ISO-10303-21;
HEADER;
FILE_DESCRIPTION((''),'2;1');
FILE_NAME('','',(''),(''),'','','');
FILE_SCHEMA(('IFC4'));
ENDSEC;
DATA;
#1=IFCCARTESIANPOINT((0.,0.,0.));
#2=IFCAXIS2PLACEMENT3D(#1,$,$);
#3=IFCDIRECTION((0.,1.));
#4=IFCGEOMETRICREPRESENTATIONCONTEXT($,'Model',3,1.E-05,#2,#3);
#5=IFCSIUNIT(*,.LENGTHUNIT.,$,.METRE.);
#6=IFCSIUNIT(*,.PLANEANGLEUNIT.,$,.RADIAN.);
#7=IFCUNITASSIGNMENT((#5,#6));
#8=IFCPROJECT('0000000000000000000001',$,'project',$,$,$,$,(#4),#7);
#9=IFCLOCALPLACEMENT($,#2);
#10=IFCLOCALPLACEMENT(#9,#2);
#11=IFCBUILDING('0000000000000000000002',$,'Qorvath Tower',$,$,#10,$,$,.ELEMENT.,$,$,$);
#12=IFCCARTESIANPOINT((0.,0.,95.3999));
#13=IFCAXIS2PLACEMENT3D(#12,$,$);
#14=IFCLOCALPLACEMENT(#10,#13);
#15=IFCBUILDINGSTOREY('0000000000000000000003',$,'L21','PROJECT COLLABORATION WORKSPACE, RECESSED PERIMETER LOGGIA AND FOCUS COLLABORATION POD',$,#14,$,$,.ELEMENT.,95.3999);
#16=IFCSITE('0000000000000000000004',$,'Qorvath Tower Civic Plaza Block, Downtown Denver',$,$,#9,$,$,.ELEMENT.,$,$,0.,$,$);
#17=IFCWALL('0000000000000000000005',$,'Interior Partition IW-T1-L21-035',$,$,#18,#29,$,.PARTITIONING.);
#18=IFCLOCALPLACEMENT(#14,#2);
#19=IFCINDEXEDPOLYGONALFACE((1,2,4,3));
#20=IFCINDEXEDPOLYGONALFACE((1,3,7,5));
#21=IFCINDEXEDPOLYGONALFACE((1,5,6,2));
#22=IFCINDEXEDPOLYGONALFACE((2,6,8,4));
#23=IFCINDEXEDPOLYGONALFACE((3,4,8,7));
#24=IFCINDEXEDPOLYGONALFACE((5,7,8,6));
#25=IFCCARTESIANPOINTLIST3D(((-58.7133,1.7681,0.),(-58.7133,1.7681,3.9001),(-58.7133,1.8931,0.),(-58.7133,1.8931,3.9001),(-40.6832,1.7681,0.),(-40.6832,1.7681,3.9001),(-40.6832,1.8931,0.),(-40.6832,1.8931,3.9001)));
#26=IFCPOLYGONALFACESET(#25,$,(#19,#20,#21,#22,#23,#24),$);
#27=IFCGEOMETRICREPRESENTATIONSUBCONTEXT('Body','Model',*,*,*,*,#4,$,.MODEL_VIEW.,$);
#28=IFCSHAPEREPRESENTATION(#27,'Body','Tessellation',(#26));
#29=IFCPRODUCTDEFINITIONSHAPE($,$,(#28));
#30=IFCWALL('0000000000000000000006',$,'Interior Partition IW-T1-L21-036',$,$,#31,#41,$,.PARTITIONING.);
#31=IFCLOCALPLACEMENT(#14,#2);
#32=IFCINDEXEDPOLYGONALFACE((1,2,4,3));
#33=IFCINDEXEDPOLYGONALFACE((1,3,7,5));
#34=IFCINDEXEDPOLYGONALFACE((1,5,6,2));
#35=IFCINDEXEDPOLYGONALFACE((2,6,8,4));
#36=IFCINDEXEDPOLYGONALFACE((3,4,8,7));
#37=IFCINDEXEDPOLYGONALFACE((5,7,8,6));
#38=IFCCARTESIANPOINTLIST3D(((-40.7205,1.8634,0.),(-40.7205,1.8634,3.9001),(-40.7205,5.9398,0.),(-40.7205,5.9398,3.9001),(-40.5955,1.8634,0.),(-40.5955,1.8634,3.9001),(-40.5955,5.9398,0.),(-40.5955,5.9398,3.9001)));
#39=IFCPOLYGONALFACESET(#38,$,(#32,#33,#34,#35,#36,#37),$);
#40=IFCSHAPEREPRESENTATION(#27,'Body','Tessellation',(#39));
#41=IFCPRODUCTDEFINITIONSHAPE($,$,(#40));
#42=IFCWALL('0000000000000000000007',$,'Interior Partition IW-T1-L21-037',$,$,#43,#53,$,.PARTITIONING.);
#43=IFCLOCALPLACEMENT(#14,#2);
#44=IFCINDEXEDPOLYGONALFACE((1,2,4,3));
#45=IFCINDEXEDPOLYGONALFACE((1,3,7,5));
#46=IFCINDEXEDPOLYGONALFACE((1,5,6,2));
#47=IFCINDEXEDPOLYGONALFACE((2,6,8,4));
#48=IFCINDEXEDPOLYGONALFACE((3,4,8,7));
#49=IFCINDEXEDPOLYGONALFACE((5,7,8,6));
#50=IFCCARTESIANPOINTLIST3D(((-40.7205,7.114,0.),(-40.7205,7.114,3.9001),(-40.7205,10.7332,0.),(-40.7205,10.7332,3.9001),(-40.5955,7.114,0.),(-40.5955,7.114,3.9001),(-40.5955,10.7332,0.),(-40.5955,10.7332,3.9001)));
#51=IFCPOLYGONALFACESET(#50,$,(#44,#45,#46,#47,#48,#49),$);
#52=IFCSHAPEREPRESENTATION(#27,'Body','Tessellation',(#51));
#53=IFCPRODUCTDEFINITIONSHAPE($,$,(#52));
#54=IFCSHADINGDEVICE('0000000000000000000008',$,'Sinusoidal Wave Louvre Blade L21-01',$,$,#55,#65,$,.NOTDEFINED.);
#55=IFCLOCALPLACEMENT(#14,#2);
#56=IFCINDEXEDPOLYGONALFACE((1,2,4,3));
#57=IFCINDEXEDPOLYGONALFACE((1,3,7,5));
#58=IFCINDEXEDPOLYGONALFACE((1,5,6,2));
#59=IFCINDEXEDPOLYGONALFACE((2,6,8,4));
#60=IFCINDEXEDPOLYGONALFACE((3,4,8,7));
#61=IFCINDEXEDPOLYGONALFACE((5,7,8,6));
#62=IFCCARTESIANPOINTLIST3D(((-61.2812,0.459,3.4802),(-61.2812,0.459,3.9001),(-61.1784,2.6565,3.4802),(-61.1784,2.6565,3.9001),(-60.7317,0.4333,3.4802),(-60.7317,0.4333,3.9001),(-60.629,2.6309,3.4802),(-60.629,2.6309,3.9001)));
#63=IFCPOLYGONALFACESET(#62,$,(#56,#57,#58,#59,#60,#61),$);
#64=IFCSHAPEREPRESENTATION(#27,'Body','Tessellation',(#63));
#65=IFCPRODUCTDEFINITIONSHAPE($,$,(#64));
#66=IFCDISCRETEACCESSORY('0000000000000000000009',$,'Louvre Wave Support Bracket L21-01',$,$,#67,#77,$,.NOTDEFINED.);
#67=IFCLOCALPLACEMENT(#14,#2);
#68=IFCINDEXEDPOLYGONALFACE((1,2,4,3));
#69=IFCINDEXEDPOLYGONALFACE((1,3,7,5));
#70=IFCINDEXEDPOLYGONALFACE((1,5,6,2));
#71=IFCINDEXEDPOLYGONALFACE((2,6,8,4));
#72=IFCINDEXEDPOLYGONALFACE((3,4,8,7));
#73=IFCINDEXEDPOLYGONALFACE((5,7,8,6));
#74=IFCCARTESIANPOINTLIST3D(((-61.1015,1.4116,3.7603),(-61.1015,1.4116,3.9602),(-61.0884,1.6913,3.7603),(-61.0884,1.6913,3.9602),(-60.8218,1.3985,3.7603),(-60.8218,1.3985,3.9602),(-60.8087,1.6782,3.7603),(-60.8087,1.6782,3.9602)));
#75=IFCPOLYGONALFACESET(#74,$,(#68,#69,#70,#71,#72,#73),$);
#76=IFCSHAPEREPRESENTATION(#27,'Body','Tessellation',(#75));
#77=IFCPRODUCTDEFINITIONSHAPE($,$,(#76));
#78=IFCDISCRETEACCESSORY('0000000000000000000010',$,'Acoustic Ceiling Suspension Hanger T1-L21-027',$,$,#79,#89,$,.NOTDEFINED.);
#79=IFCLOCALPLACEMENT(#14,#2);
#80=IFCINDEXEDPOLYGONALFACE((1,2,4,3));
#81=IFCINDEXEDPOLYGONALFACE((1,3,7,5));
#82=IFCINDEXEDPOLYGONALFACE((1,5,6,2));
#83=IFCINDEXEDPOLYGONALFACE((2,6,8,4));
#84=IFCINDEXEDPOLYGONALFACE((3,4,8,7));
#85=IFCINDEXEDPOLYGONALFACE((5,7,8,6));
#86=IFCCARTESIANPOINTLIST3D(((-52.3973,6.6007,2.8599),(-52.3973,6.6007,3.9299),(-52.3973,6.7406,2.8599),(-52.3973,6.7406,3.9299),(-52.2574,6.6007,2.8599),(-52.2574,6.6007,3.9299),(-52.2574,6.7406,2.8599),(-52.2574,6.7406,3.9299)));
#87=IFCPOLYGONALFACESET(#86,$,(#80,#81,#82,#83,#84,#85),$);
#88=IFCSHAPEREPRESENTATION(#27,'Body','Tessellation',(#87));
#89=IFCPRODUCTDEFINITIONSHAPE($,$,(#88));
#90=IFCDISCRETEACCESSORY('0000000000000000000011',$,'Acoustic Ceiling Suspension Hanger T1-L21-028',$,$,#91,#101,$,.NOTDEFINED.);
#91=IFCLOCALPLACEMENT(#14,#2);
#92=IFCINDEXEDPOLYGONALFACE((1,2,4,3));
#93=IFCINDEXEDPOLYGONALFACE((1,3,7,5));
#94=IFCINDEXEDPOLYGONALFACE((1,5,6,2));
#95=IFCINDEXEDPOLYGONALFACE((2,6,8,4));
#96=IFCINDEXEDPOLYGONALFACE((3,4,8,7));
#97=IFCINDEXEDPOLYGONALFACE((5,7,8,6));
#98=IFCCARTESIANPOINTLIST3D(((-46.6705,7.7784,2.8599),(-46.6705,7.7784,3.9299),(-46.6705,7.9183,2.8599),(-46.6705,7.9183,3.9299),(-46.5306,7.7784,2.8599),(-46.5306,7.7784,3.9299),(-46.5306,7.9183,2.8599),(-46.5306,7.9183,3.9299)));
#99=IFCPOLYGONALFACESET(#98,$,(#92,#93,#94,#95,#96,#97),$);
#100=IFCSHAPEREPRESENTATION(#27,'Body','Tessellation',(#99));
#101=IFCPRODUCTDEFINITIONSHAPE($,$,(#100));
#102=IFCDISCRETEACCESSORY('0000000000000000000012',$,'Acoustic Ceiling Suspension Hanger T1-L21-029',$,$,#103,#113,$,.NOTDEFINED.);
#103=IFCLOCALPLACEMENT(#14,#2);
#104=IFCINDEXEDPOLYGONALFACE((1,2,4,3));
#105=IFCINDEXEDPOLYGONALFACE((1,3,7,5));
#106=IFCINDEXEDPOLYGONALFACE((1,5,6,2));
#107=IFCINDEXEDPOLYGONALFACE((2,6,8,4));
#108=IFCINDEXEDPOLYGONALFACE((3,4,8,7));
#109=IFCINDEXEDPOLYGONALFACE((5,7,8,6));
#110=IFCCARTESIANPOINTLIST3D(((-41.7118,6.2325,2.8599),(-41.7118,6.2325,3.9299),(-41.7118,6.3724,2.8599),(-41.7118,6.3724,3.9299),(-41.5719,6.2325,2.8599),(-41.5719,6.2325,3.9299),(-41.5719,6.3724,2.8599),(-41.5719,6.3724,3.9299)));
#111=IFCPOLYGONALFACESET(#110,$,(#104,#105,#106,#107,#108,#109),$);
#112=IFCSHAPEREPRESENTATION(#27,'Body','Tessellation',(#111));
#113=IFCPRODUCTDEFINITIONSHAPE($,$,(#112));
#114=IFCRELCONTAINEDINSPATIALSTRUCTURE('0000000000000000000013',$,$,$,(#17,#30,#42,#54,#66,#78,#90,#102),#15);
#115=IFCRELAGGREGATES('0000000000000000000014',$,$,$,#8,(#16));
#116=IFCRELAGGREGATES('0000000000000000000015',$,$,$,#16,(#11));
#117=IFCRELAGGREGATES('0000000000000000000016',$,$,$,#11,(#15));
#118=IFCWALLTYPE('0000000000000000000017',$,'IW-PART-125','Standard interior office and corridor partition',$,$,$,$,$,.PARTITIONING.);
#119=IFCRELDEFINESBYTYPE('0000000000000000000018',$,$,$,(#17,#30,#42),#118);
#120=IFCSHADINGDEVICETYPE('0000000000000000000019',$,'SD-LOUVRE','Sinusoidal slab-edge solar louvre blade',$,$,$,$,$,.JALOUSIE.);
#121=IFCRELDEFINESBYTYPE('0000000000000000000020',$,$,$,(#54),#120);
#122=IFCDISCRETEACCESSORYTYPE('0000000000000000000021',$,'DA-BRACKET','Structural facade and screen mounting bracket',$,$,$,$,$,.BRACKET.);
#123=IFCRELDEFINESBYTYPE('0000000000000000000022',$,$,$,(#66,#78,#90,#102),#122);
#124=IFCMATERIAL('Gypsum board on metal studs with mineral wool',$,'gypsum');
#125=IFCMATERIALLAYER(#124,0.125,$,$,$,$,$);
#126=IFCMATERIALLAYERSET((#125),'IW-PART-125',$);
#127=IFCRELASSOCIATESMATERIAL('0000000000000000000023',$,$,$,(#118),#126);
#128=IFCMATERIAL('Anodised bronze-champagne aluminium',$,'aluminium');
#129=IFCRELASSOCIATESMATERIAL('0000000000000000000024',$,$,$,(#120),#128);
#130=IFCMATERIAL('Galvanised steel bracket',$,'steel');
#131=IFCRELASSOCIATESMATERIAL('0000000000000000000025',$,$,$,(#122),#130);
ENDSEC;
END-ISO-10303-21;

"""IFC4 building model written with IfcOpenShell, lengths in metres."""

from ifc_helpers import new_model, si_unit, direction, frame, frame_2d, origin, origin_2d, place, context, subcontext, project, spatial, rectangle, extrude, material, layer, layer_set, type_object, element, save


model = new_model("IFC4")

# Units and contexts
model_context = context("Model", 3, precision=1e-05, world=origin(), true_north=direction((0.0, 1.0)))
body_context = subcontext(model_context, "Body", "Model", "MODEL_VIEW")
ifc_project = project(units=[si_unit("LENGTHUNIT", "METRE"), si_unit("PLANEANGLEUNIT", "RADIAN")], contexts=[model_context])

# Site, building, storey
site_placement = place(None, origin())
site = spatial("IfcSite", under=ifc_project, at=site_placement, Name="Qorvath Tower Civic Plaza Block, Downtown Denver", CompositionType="ELEMENT", RefElevation=0.0)
building_placement = place(site_placement, origin())
building = spatial("IfcBuilding", under=site, at=building_placement, Name="Qorvath Tower", CompositionType="ELEMENT")
storey_placement = place(building_placement, frame((0.0, 0.0, 95.3999)))
storey = spatial("IfcBuildingStorey", under=building, at=storey_placement, Name="L21", Description="PROJECT COLLABORATION WORKSPACE, RECESSED PERIMETER LOGGIA AND FOCUS COLLABORATION POD", CompositionType="ELEMENT", Elevation=95.3999)

# Walls
ifc_material_1 = material(Name="Gypsum board on metal studs with mineral wool", Category="gypsum")
ifc_layer_1 = layer(ifc_material_1, 0.125)
ifc_layer_set_1 = layer_set([ifc_layer_1], Name="IW-PART-125")
wall_type = type_object("IfcWallType", Name="IW-PART-125", Description="Standard interior office and corridor partition", PredefinedType="PARTITIONING", material=ifc_layer_set_1)
wall_1_placement = place(storey_placement, frame((-40.6831, 1.8306, 0.0), z_axis=(0.0, 0.0, 1.0), x_axis=(-1.0, 0.0, 0.0)))
element("IfcWall", 1, at=wall_1_placement, inside=storey, type_object=wall_type, Name="Interior Partition IW-T1-L21-035", PredefinedType="PARTITIONING", context=body_context, shape_type="SweptSolid", body=[
    extrude(rectangle(XDim=18.03, YDim=0.125, at=frame_2d((9.0151, 0.0))), origin(), (0.0, 0.0, 1.0), 3.9001),
])
wall_2_placement = place(storey_placement, frame((-40.658, 1.8635, 0.0), z_axis=(0.0, 0.0, 1.0), x_axis=(0.0, 1.0, 0.0)))
element("IfcWall", 2, at=wall_2_placement, inside=storey, type_object=wall_type, Name="Interior Partition IW-T1-L21-036", PredefinedType="PARTITIONING", context=body_context, shape_type="SweptSolid", body=[
    extrude(rectangle(XDim=4.0764, YDim=0.125, at=frame_2d((2.0381, 0.0))), origin(), (0.0, 0.0, 1.0), 3.9001),
])
wall_3_placement = place(storey_placement, frame((-40.658, 7.114, 0.0), z_axis=(0.0, 0.0, 1.0), x_axis=(0.0, 1.0, 0.0)))
element("IfcWall", 3, at=wall_3_placement, inside=storey, type_object=wall_type, Name="Interior Partition IW-T1-L21-037", PredefinedType="PARTITIONING", context=body_context, shape_type="SweptSolid", body=[
    extrude(rectangle(XDim=3.6191, YDim=0.125, at=frame_2d((1.8096, 0.0))), origin(), (0.0, 0.0, 1.0), 3.9001),
])

# Shading device
ifc_material_2 = material(Name="Anodised bronze-champagne aluminium", Category="aluminium")
shading_device_type = type_object("IfcShadingDeviceType", Name="SD-LOUVRE", Description="Sinusoidal slab-edge solar louvre blade", PredefinedType="JALOUSIE", material=ifc_material_2)
shading_device_placement = place(storey_placement, frame((-60.9551, 1.5449, 3.4802), z_axis=(0.0, 0.0, 1.0), x_axis=(-0.046697, -0.998909, 0.0)))
element("IfcShadingDevice", 4, at=shading_device_placement, inside=storey, type_object=shading_device_type, Name="Sinusoidal Wave Louvre Blade L21-01", PredefinedType="NOTDEFINED", context=body_context, shape_type="SweptSolid", body=[
    extrude(rectangle(XDim=2.2, YDim=0.55, at=origin_2d()), origin(), (0.0, 0.0, 1.0), 0.4199),
])

# Discrete accessories
ifc_material_3 = material(Name="Galvanised steel bracket", Category="steel")
discrete_accessory_type = type_object("IfcDiscreteAccessoryType", Name="DA-BRACKET", Description="Structural facade and screen mounting bracket", PredefinedType="BRACKET", material=ifc_material_3)
discrete_accessory_placement = place(storey_placement, frame((-60.9551, 1.5449, 3.7603), z_axis=(0.0, 0.0, 1.0), x_axis=(-0.046697, -0.998909, 0.0)))
element("IfcDiscreteAccessory", 5, at=discrete_accessory_placement, inside=storey, type_object=discrete_accessory_type, Name="Louvre Wave Support Bracket L21-01", PredefinedType="NOTDEFINED", context=body_context, shape_type="SweptSolid", body=[
    extrude(rectangle(XDim=0.28, YDim=0.28, at=origin_2d()), origin(), (0.0, 0.0, 1.0), 0.2),
])
for number, where, z_axis, x_axis, name in (
    (6, (-52.3274, 6.6707, 2.8599), (0.0, 0.0, 1.0), (1.0, 0.0, 0.0), "Acoustic Ceiling Suspension Hanger T1-L21-027"),
    (7, (-46.6006, 7.8484, 2.8599), (0.0, 0.0, 1.0), (1.0, 0.0, 0.0), "Acoustic Ceiling Suspension Hanger T1-L21-028"),
    (8, (-41.6418, 6.3025, 2.8599), (0.0, 0.0, 1.0), (1.0, 0.0, 0.0), "Acoustic Ceiling Suspension Hanger T1-L21-029"),
):
    element("IfcDiscreteAccessory", number, at=place(storey_placement, frame(where, z_axis=z_axis, x_axis=x_axis)), inside=storey, type_object=discrete_accessory_type, Name=name, PredefinedType="NOTDEFINED", context=body_context, shape_type="SweptSolid", body=[
        extrude(rectangle(XDim=0.1399, YDim=0.1399, at=origin_2d()), origin(), (0.0, 0.0, 1.0), 1.0701),
    ])

save(model, "model.ifc")
